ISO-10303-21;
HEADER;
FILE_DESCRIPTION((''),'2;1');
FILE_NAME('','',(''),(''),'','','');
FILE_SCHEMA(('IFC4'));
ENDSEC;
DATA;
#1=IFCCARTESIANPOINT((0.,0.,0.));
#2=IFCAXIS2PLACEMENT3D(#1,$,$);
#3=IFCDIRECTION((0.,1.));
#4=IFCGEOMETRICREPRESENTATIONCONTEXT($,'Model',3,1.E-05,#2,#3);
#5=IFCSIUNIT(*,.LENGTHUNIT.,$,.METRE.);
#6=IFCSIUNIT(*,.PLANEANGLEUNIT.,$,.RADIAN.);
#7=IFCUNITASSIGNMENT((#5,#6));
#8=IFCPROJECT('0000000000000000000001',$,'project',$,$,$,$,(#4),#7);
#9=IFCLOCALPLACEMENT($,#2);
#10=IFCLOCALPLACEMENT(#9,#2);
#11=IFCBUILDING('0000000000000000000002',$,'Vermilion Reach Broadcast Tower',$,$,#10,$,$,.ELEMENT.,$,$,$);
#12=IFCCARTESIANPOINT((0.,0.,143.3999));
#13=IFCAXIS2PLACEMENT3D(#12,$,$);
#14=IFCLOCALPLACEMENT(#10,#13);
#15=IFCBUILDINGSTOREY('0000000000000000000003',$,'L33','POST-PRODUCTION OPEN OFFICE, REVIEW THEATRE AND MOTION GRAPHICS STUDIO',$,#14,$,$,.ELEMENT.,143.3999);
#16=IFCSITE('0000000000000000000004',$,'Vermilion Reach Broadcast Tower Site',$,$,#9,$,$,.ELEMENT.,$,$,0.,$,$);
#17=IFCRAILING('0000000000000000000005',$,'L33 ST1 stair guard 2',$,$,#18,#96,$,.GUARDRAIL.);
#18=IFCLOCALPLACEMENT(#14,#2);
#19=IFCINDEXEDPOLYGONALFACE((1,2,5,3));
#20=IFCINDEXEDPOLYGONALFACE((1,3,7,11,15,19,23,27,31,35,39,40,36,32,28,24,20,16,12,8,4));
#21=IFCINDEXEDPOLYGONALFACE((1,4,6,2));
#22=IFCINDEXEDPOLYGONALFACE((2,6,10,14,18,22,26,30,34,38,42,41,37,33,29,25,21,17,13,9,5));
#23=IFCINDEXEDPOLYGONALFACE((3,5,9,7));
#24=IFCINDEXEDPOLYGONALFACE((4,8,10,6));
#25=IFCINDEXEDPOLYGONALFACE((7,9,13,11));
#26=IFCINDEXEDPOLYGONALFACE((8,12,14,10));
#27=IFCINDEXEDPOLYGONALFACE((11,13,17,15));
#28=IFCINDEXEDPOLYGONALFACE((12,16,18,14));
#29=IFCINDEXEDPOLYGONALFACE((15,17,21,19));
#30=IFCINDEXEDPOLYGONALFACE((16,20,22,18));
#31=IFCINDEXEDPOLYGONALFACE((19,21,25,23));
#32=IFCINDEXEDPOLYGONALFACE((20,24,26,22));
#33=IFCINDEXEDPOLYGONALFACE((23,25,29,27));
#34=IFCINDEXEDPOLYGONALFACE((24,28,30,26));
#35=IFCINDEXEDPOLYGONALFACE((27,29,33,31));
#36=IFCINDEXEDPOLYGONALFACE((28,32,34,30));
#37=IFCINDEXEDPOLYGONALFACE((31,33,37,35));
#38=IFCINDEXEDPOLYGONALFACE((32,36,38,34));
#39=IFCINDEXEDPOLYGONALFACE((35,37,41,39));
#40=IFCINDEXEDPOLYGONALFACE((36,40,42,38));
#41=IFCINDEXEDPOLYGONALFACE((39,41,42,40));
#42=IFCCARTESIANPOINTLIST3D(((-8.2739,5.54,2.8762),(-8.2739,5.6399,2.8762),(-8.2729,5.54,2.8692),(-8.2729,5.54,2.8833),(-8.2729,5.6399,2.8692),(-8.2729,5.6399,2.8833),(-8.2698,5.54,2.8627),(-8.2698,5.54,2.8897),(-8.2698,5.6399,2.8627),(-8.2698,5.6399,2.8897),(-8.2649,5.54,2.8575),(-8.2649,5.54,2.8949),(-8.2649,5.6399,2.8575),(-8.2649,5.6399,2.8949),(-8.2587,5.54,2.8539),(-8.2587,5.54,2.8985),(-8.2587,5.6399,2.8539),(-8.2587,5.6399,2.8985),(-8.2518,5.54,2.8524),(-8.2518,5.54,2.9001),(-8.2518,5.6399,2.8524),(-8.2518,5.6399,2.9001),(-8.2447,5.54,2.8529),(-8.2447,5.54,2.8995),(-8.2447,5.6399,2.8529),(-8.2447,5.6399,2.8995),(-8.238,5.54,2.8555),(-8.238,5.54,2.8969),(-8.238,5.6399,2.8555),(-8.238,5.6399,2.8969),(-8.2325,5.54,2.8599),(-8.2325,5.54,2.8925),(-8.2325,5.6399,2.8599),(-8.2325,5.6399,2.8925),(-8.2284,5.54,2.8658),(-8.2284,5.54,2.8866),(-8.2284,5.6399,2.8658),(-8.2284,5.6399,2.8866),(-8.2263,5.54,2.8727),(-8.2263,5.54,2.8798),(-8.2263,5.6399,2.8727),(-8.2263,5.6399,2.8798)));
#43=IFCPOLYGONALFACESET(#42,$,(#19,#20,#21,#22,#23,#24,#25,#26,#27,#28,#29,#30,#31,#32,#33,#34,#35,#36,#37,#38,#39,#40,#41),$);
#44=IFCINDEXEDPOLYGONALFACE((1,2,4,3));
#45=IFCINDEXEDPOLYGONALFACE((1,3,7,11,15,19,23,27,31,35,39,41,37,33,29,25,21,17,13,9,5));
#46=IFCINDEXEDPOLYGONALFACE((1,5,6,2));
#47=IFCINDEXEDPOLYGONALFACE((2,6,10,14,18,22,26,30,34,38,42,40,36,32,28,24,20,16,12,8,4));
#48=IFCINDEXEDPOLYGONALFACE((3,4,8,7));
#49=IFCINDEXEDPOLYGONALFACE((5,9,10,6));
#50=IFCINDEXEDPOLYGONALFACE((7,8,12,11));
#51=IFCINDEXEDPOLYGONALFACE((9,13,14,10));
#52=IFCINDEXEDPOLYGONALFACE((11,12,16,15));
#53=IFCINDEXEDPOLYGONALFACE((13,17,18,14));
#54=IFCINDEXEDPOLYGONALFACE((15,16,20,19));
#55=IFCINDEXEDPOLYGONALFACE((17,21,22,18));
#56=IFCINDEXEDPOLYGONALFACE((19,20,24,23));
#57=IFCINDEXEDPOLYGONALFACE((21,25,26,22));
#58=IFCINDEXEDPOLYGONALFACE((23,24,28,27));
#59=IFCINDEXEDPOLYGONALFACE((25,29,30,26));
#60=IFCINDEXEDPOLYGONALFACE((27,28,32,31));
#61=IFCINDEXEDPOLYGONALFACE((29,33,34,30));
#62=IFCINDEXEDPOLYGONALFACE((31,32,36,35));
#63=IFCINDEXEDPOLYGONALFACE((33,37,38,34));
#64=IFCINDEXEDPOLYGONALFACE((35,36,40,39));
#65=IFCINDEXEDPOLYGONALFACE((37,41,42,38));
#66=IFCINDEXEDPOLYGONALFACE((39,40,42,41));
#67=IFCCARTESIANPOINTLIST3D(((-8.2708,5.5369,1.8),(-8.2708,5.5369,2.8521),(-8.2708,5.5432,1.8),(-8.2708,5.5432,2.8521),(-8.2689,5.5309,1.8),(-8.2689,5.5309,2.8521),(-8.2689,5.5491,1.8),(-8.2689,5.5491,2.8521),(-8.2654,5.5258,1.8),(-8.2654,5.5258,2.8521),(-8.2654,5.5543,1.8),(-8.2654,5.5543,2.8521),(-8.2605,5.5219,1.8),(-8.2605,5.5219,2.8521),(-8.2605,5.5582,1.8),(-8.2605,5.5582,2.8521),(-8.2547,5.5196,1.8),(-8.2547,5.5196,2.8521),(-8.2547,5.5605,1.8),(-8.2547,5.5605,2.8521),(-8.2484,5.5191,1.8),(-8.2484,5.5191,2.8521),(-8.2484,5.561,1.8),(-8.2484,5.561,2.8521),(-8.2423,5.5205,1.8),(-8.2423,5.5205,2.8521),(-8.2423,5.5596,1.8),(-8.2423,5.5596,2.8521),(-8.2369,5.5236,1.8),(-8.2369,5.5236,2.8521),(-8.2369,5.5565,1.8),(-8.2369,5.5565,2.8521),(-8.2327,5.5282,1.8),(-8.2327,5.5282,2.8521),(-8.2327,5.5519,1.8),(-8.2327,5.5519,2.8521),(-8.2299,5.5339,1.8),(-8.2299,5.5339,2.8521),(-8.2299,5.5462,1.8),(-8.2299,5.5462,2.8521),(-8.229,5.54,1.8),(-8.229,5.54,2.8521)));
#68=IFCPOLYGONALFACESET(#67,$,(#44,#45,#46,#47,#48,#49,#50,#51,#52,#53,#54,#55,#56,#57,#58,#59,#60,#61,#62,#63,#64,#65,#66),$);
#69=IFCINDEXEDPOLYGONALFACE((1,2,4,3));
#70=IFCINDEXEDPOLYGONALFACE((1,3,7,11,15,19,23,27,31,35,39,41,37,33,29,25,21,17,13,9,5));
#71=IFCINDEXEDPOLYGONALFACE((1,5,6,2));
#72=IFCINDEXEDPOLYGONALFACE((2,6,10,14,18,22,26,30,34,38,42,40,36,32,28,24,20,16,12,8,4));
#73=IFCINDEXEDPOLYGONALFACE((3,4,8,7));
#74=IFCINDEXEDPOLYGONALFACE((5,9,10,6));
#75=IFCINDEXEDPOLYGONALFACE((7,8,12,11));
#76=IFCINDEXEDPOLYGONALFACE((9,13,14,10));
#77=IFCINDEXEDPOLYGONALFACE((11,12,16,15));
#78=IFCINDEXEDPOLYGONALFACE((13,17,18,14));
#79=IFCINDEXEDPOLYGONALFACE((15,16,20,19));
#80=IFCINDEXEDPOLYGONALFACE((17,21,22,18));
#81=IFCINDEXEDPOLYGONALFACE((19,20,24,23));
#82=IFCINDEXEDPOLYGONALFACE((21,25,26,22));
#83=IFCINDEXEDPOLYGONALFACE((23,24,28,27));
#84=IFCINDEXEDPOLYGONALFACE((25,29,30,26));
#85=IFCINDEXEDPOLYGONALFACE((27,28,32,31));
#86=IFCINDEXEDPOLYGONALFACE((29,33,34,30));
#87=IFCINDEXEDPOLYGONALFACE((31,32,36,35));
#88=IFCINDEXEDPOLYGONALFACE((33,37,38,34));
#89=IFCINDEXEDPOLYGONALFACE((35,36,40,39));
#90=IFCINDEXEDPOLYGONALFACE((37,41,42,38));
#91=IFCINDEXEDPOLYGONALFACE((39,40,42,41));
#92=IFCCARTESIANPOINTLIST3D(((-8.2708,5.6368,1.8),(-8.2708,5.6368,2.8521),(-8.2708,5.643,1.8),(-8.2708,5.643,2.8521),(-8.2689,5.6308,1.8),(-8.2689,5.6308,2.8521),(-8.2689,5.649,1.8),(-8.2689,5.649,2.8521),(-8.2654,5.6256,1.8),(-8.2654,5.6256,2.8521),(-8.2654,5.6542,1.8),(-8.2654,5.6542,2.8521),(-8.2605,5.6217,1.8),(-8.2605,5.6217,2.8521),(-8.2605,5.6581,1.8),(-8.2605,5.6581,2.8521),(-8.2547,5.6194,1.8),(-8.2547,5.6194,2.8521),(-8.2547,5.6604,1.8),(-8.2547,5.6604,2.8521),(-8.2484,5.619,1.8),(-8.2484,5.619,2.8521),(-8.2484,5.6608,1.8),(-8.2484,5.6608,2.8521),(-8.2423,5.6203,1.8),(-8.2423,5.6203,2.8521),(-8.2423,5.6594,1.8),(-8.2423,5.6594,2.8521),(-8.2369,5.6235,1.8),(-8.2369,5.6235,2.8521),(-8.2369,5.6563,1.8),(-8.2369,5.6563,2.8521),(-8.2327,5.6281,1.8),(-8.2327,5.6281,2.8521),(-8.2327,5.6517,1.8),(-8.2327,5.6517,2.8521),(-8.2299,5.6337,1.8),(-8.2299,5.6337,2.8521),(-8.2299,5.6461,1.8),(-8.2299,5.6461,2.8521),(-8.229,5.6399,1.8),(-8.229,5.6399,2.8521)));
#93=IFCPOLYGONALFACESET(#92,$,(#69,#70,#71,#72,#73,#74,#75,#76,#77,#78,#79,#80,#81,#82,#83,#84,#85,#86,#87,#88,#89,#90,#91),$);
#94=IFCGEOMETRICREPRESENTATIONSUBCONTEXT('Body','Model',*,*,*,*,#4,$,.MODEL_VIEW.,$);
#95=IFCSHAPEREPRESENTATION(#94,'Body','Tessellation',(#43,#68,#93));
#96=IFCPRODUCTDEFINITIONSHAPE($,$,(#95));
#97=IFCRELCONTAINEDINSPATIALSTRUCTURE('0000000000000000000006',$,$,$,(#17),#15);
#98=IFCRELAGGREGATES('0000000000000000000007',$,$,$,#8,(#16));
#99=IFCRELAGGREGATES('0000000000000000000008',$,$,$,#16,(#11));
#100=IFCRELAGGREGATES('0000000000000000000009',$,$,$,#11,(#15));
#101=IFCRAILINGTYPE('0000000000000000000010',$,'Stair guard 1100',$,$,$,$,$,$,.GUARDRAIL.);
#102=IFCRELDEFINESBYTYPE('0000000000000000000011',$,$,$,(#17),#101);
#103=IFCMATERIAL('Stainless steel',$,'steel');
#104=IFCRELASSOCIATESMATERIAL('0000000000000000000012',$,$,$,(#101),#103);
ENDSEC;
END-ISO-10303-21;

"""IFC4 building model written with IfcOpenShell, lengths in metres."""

from ifc_helpers import new_model, si_unit, direction, frame, origin, origin_2d, place, context, subcontext, project, spatial, circle, extrude, material, type_object, element, save


model = new_model("IFC4")

# Units and contexts
model_context = context("Model", 3, precision=1e-05, world=origin(), true_north=direction((0.0, 1.0)))
body_context = subcontext(model_context, "Body", "Model", "MODEL_VIEW")
ifc_project = project(units=[si_unit("LENGTHUNIT", "METRE"), si_unit("PLANEANGLEUNIT", "RADIAN")], contexts=[model_context])

# Site, building, storey
site_placement = place(None, origin())
site = spatial("IfcSite", under=ifc_project, at=site_placement, Name="Vermilion Reach Broadcast Tower Site", CompositionType="ELEMENT", RefElevation=0.0)
building_placement = place(site_placement, origin())
building = spatial("IfcBuilding", under=site, at=building_placement, Name="Vermilion Reach Broadcast Tower", CompositionType="ELEMENT")
storey_placement = place(building_placement, frame((0.0, 0.0, 143.3999)))
storey = spatial("IfcBuildingStorey", under=building, at=storey_placement, Name="L33", Description="POST-PRODUCTION OPEN OFFICE, REVIEW THEATRE AND MOTION GRAPHICS STUDIO", CompositionType="ELEMENT", Elevation=143.3999)

# Railing
ifc_material_1 = material(Name="Stainless steel", Category="steel")
railing_type_1 = type_object("IfcRailingType", Name="Stair guard 1100", PredefinedType="GUARDRAIL", material=ifc_material_1)
railing_1_placement = place(storey_placement, frame((-8.25, 5.54, 1.8)))
element("IfcRailing", 1, at=railing_1_placement, inside=storey, type_object=railing_type_1, Name="L33 ST1 stair guard 2", PredefinedType="GUARDRAIL", context=body_context, shape_type="SweptSolid", body=[
    extrude(circle(Radius=0.0239, at=origin_2d()), frame((0.0, 0.0, 1.0762), z_axis=(0.0, 1.0, 0.0), x_axis=(-1.0, 0.0, 0.0)), (0.0, 0.0, 1.0), 0.0999),
    extrude(circle(Radius=0.021, at=origin_2d()), origin(), (0.0, 0.0, 1.0), 1.052),
    extrude(circle(Radius=0.021, at=origin_2d()), frame((0.0, 0.0999, 0.0)), (0.0, 0.0, 1.0), 1.052),
])

save(model, "model.ifc")
